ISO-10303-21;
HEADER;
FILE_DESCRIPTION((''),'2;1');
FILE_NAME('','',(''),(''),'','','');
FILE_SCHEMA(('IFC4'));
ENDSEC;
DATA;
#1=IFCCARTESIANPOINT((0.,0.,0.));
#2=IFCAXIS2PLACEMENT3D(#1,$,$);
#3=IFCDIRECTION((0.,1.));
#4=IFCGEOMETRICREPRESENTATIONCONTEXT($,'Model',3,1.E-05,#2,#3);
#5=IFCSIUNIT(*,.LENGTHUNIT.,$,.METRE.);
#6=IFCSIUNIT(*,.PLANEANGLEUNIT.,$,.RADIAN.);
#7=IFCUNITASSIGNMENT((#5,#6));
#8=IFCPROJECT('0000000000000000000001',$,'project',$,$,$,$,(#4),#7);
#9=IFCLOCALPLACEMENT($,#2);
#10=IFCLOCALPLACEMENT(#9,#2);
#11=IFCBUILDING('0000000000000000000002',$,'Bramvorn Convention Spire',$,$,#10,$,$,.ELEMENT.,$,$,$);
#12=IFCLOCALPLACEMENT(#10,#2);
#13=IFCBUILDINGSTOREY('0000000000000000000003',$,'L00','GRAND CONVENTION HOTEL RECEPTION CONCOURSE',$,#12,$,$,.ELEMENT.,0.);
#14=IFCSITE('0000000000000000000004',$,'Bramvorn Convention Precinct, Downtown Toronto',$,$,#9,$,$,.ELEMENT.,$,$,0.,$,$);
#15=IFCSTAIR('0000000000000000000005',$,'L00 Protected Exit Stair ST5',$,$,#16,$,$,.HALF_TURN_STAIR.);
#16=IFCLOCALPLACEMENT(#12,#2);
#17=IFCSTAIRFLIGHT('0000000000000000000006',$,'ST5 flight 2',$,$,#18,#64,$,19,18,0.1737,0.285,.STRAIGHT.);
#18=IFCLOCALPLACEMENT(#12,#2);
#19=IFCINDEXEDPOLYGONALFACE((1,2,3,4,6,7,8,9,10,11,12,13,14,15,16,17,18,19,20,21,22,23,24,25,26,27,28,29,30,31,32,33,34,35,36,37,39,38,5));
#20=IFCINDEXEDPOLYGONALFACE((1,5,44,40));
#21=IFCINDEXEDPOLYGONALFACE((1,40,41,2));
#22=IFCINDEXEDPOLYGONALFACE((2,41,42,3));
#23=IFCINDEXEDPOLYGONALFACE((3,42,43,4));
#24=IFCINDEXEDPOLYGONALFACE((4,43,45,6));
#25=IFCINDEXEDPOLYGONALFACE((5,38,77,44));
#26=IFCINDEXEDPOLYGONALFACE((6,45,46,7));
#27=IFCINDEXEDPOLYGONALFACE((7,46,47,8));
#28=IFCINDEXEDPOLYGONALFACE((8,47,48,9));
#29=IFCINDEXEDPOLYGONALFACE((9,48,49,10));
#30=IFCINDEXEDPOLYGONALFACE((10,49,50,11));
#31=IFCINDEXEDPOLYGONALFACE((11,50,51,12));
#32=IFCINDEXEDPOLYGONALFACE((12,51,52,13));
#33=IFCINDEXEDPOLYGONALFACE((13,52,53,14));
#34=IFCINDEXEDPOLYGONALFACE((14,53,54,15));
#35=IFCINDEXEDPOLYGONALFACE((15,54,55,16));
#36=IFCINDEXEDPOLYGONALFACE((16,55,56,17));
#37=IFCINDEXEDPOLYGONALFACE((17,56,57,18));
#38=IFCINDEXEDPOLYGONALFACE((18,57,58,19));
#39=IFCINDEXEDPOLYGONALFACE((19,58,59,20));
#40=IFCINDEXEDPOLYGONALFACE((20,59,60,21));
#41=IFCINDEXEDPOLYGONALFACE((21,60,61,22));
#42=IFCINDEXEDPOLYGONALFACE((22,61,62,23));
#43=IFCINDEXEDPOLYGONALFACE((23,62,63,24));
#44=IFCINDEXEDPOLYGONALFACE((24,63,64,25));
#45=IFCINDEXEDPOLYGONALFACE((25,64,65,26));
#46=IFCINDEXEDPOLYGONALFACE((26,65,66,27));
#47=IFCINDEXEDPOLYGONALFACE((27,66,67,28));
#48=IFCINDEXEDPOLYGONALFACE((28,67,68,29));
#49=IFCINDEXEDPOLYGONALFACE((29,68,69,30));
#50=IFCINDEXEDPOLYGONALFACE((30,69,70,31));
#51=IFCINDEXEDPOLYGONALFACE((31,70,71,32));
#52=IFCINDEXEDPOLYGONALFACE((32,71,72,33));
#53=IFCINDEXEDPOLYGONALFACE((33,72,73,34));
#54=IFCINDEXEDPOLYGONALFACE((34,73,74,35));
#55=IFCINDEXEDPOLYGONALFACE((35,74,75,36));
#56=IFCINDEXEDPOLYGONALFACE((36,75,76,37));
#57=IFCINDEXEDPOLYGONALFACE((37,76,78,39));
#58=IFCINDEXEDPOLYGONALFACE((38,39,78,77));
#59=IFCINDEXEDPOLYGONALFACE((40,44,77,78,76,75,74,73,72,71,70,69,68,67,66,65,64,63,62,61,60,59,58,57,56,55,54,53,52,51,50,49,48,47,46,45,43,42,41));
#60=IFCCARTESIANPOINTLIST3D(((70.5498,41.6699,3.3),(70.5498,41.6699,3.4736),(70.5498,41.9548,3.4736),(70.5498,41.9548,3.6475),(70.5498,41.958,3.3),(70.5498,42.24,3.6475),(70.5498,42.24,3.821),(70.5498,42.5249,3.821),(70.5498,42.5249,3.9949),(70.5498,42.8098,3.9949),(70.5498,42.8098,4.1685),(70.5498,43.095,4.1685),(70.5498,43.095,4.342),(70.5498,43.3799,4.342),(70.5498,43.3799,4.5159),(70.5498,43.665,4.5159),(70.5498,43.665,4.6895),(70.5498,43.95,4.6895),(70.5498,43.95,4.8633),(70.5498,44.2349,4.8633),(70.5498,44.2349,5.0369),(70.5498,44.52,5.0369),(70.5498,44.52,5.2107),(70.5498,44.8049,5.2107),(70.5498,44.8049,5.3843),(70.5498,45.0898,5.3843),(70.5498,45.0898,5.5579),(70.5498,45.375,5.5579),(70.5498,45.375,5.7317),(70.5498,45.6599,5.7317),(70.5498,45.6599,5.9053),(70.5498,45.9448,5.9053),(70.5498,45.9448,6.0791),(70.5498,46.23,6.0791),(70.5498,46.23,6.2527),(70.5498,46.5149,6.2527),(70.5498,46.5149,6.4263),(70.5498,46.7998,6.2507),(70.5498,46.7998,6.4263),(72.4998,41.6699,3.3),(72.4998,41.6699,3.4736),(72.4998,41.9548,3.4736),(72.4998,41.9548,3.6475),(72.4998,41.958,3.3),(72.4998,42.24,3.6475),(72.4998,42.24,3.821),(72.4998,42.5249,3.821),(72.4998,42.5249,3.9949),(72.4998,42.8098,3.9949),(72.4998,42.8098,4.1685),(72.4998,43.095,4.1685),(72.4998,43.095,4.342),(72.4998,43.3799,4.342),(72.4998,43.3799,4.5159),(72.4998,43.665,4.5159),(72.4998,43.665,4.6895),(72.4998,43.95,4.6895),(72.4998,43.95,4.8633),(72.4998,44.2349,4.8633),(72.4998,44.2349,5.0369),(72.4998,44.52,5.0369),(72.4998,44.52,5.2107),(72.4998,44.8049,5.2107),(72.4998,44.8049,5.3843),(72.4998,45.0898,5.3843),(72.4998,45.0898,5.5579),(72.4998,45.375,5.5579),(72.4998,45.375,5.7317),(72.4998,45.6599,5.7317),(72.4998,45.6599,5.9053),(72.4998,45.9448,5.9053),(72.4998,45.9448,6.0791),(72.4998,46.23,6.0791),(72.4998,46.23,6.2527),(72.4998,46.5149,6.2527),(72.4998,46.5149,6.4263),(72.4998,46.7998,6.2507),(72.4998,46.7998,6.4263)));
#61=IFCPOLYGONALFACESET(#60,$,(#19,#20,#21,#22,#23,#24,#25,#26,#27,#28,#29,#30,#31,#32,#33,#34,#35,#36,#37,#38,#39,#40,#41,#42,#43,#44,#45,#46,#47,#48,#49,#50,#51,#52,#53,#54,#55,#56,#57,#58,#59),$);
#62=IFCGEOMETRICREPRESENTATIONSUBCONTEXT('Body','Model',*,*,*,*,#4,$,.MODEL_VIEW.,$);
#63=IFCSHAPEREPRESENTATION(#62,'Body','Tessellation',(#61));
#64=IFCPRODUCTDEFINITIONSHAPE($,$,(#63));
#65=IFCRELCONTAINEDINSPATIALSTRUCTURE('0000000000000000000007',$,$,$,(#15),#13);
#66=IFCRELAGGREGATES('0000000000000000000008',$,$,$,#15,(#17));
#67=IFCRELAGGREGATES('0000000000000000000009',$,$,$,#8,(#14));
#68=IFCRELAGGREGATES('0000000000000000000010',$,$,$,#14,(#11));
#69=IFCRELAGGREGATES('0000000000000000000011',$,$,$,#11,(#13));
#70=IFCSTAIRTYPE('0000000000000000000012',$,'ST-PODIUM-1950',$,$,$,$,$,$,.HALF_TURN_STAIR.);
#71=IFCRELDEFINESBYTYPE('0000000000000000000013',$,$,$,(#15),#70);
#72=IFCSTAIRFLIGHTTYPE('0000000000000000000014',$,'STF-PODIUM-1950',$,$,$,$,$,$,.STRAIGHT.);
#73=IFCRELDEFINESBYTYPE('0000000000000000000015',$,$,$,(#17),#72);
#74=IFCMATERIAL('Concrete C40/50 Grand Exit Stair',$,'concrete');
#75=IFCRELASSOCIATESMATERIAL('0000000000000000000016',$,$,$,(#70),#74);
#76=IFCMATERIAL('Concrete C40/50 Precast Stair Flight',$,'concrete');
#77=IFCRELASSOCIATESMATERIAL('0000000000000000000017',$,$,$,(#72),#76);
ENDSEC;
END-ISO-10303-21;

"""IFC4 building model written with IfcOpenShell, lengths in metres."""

from ifc_helpers import new_model, si_unit, direction, frame, origin, place, context, subcontext, project, spatial, polyline, outline, extrude, material, type_object, element, aggregate, save


model = new_model("IFC4")

# Units and contexts
model_context = context("Model", 3, precision=1e-05, world=origin(), true_north=direction((0.0, 1.0)))
body_context = subcontext(model_context, "Body", "Model", "MODEL_VIEW")
ifc_project = project(units=[si_unit("LENGTHUNIT", "METRE"), si_unit("PLANEANGLEUNIT", "RADIAN")], contexts=[model_context])

# Site, building, storey
site_placement = place(None, origin())
site = spatial("IfcSite", under=ifc_project, at=site_placement, Name="Bramvorn Convention Precinct, Downtown Toronto", CompositionType="ELEMENT", RefElevation=0.0)
building_placement = place(site_placement, origin())
building = spatial("IfcBuilding", under=site, at=building_placement, Name="Bramvorn Convention Spire", CompositionType="ELEMENT")
storey_placement = place(building_placement, origin())
storey = spatial("IfcBuildingStorey", under=building, at=storey_placement, Name="L00", Description="GRAND CONVENTION HOTEL RECEPTION CONCOURSE", CompositionType="ELEMENT", Elevation=0.0)

# Stair, stair flight
ifc_material_1 = material(Name="Concrete C40/50 Grand Exit Stair", Category="concrete")
stair_type = type_object("IfcStairType", Name="ST-PODIUM-1950", PredefinedType="HALF_TURN_STAIR", material=ifc_material_1)
stair_placement = place(storey_placement, origin())
stair = element("IfcStair", 1, at=stair_placement, inside=storey, type_object=stair_type, Name="L00 Protected Exit Stair ST5", PredefinedType="HALF_TURN_STAIR")
ifc_material_2 = material(Name="Concrete C40/50 Precast Stair Flight", Category="concrete")
stair_flight_type = type_object("IfcStairFlightType", Name="STF-PODIUM-1950", PredefinedType="STRAIGHT", material=ifc_material_2)
stair_flight_1_placement = place(storey_placement, frame((71.5249, 41.6699, 3.3), z_axis=(0.0, 0.0, 1.0), x_axis=(0.0, 1.0, 0.0)))
stair_flight_1 = element("IfcStairFlight", 2, at=stair_flight_1_placement, type_object=stair_flight_type, Name="ST5 flight 2", NumberOfRisers=19, NumberOfTreads=18, PredefinedType="STRAIGHT", RiserHeight=0.1737, TreadLength=0.285, context=body_context, shape_type="SweptSolid", body=[
    extrude(outline(polyline([(0.0, 0.0), (0.0, 0.1736), (0.2849, 0.1736), (0.2849, 0.3474), (0.5701, 0.3474), (0.5701, 0.521), (0.855, 0.521), (0.855, 0.6948), (1.1399, 0.6948), (1.1399, 0.8684), (1.425, 0.8684), (1.425, 1.042), (1.71, 1.042), (1.71, 1.2158), (1.9951, 1.2158), (1.9951, 1.3894), (2.28, 1.3894), (2.28, 1.5632), (2.5649, 1.5632), (2.5649, 1.7368), (2.8501, 1.7368), (2.8501, 1.9106), (3.135, 1.9106), (3.135, 2.0842), (3.4199, 2.0842), (3.4199, 2.2578), (3.7051, 2.2578), (3.7051, 2.4316), (3.99, 2.4316), (3.99, 2.6052), (4.2749, 2.6052), (4.2749, 2.7791), (4.5601, 2.7791), (4.5601, 2.9526), (4.845, 2.9526), (4.845, 3.1262), (5.1299, 3.1262), (5.1299, 3.3), (5.1299, 2.9507), (0.2881, 0.0), (0.0, 0.0)])), frame((0.0, 0.9751, 0.0), z_axis=(0.0, -1.0, 0.0), x_axis=(1.0, 0.0, 0.0)), (0.0, 0.0, 1.0), 1.95),
])
aggregate(stair, [stair_flight_1])

save(model, "model.ifc")
